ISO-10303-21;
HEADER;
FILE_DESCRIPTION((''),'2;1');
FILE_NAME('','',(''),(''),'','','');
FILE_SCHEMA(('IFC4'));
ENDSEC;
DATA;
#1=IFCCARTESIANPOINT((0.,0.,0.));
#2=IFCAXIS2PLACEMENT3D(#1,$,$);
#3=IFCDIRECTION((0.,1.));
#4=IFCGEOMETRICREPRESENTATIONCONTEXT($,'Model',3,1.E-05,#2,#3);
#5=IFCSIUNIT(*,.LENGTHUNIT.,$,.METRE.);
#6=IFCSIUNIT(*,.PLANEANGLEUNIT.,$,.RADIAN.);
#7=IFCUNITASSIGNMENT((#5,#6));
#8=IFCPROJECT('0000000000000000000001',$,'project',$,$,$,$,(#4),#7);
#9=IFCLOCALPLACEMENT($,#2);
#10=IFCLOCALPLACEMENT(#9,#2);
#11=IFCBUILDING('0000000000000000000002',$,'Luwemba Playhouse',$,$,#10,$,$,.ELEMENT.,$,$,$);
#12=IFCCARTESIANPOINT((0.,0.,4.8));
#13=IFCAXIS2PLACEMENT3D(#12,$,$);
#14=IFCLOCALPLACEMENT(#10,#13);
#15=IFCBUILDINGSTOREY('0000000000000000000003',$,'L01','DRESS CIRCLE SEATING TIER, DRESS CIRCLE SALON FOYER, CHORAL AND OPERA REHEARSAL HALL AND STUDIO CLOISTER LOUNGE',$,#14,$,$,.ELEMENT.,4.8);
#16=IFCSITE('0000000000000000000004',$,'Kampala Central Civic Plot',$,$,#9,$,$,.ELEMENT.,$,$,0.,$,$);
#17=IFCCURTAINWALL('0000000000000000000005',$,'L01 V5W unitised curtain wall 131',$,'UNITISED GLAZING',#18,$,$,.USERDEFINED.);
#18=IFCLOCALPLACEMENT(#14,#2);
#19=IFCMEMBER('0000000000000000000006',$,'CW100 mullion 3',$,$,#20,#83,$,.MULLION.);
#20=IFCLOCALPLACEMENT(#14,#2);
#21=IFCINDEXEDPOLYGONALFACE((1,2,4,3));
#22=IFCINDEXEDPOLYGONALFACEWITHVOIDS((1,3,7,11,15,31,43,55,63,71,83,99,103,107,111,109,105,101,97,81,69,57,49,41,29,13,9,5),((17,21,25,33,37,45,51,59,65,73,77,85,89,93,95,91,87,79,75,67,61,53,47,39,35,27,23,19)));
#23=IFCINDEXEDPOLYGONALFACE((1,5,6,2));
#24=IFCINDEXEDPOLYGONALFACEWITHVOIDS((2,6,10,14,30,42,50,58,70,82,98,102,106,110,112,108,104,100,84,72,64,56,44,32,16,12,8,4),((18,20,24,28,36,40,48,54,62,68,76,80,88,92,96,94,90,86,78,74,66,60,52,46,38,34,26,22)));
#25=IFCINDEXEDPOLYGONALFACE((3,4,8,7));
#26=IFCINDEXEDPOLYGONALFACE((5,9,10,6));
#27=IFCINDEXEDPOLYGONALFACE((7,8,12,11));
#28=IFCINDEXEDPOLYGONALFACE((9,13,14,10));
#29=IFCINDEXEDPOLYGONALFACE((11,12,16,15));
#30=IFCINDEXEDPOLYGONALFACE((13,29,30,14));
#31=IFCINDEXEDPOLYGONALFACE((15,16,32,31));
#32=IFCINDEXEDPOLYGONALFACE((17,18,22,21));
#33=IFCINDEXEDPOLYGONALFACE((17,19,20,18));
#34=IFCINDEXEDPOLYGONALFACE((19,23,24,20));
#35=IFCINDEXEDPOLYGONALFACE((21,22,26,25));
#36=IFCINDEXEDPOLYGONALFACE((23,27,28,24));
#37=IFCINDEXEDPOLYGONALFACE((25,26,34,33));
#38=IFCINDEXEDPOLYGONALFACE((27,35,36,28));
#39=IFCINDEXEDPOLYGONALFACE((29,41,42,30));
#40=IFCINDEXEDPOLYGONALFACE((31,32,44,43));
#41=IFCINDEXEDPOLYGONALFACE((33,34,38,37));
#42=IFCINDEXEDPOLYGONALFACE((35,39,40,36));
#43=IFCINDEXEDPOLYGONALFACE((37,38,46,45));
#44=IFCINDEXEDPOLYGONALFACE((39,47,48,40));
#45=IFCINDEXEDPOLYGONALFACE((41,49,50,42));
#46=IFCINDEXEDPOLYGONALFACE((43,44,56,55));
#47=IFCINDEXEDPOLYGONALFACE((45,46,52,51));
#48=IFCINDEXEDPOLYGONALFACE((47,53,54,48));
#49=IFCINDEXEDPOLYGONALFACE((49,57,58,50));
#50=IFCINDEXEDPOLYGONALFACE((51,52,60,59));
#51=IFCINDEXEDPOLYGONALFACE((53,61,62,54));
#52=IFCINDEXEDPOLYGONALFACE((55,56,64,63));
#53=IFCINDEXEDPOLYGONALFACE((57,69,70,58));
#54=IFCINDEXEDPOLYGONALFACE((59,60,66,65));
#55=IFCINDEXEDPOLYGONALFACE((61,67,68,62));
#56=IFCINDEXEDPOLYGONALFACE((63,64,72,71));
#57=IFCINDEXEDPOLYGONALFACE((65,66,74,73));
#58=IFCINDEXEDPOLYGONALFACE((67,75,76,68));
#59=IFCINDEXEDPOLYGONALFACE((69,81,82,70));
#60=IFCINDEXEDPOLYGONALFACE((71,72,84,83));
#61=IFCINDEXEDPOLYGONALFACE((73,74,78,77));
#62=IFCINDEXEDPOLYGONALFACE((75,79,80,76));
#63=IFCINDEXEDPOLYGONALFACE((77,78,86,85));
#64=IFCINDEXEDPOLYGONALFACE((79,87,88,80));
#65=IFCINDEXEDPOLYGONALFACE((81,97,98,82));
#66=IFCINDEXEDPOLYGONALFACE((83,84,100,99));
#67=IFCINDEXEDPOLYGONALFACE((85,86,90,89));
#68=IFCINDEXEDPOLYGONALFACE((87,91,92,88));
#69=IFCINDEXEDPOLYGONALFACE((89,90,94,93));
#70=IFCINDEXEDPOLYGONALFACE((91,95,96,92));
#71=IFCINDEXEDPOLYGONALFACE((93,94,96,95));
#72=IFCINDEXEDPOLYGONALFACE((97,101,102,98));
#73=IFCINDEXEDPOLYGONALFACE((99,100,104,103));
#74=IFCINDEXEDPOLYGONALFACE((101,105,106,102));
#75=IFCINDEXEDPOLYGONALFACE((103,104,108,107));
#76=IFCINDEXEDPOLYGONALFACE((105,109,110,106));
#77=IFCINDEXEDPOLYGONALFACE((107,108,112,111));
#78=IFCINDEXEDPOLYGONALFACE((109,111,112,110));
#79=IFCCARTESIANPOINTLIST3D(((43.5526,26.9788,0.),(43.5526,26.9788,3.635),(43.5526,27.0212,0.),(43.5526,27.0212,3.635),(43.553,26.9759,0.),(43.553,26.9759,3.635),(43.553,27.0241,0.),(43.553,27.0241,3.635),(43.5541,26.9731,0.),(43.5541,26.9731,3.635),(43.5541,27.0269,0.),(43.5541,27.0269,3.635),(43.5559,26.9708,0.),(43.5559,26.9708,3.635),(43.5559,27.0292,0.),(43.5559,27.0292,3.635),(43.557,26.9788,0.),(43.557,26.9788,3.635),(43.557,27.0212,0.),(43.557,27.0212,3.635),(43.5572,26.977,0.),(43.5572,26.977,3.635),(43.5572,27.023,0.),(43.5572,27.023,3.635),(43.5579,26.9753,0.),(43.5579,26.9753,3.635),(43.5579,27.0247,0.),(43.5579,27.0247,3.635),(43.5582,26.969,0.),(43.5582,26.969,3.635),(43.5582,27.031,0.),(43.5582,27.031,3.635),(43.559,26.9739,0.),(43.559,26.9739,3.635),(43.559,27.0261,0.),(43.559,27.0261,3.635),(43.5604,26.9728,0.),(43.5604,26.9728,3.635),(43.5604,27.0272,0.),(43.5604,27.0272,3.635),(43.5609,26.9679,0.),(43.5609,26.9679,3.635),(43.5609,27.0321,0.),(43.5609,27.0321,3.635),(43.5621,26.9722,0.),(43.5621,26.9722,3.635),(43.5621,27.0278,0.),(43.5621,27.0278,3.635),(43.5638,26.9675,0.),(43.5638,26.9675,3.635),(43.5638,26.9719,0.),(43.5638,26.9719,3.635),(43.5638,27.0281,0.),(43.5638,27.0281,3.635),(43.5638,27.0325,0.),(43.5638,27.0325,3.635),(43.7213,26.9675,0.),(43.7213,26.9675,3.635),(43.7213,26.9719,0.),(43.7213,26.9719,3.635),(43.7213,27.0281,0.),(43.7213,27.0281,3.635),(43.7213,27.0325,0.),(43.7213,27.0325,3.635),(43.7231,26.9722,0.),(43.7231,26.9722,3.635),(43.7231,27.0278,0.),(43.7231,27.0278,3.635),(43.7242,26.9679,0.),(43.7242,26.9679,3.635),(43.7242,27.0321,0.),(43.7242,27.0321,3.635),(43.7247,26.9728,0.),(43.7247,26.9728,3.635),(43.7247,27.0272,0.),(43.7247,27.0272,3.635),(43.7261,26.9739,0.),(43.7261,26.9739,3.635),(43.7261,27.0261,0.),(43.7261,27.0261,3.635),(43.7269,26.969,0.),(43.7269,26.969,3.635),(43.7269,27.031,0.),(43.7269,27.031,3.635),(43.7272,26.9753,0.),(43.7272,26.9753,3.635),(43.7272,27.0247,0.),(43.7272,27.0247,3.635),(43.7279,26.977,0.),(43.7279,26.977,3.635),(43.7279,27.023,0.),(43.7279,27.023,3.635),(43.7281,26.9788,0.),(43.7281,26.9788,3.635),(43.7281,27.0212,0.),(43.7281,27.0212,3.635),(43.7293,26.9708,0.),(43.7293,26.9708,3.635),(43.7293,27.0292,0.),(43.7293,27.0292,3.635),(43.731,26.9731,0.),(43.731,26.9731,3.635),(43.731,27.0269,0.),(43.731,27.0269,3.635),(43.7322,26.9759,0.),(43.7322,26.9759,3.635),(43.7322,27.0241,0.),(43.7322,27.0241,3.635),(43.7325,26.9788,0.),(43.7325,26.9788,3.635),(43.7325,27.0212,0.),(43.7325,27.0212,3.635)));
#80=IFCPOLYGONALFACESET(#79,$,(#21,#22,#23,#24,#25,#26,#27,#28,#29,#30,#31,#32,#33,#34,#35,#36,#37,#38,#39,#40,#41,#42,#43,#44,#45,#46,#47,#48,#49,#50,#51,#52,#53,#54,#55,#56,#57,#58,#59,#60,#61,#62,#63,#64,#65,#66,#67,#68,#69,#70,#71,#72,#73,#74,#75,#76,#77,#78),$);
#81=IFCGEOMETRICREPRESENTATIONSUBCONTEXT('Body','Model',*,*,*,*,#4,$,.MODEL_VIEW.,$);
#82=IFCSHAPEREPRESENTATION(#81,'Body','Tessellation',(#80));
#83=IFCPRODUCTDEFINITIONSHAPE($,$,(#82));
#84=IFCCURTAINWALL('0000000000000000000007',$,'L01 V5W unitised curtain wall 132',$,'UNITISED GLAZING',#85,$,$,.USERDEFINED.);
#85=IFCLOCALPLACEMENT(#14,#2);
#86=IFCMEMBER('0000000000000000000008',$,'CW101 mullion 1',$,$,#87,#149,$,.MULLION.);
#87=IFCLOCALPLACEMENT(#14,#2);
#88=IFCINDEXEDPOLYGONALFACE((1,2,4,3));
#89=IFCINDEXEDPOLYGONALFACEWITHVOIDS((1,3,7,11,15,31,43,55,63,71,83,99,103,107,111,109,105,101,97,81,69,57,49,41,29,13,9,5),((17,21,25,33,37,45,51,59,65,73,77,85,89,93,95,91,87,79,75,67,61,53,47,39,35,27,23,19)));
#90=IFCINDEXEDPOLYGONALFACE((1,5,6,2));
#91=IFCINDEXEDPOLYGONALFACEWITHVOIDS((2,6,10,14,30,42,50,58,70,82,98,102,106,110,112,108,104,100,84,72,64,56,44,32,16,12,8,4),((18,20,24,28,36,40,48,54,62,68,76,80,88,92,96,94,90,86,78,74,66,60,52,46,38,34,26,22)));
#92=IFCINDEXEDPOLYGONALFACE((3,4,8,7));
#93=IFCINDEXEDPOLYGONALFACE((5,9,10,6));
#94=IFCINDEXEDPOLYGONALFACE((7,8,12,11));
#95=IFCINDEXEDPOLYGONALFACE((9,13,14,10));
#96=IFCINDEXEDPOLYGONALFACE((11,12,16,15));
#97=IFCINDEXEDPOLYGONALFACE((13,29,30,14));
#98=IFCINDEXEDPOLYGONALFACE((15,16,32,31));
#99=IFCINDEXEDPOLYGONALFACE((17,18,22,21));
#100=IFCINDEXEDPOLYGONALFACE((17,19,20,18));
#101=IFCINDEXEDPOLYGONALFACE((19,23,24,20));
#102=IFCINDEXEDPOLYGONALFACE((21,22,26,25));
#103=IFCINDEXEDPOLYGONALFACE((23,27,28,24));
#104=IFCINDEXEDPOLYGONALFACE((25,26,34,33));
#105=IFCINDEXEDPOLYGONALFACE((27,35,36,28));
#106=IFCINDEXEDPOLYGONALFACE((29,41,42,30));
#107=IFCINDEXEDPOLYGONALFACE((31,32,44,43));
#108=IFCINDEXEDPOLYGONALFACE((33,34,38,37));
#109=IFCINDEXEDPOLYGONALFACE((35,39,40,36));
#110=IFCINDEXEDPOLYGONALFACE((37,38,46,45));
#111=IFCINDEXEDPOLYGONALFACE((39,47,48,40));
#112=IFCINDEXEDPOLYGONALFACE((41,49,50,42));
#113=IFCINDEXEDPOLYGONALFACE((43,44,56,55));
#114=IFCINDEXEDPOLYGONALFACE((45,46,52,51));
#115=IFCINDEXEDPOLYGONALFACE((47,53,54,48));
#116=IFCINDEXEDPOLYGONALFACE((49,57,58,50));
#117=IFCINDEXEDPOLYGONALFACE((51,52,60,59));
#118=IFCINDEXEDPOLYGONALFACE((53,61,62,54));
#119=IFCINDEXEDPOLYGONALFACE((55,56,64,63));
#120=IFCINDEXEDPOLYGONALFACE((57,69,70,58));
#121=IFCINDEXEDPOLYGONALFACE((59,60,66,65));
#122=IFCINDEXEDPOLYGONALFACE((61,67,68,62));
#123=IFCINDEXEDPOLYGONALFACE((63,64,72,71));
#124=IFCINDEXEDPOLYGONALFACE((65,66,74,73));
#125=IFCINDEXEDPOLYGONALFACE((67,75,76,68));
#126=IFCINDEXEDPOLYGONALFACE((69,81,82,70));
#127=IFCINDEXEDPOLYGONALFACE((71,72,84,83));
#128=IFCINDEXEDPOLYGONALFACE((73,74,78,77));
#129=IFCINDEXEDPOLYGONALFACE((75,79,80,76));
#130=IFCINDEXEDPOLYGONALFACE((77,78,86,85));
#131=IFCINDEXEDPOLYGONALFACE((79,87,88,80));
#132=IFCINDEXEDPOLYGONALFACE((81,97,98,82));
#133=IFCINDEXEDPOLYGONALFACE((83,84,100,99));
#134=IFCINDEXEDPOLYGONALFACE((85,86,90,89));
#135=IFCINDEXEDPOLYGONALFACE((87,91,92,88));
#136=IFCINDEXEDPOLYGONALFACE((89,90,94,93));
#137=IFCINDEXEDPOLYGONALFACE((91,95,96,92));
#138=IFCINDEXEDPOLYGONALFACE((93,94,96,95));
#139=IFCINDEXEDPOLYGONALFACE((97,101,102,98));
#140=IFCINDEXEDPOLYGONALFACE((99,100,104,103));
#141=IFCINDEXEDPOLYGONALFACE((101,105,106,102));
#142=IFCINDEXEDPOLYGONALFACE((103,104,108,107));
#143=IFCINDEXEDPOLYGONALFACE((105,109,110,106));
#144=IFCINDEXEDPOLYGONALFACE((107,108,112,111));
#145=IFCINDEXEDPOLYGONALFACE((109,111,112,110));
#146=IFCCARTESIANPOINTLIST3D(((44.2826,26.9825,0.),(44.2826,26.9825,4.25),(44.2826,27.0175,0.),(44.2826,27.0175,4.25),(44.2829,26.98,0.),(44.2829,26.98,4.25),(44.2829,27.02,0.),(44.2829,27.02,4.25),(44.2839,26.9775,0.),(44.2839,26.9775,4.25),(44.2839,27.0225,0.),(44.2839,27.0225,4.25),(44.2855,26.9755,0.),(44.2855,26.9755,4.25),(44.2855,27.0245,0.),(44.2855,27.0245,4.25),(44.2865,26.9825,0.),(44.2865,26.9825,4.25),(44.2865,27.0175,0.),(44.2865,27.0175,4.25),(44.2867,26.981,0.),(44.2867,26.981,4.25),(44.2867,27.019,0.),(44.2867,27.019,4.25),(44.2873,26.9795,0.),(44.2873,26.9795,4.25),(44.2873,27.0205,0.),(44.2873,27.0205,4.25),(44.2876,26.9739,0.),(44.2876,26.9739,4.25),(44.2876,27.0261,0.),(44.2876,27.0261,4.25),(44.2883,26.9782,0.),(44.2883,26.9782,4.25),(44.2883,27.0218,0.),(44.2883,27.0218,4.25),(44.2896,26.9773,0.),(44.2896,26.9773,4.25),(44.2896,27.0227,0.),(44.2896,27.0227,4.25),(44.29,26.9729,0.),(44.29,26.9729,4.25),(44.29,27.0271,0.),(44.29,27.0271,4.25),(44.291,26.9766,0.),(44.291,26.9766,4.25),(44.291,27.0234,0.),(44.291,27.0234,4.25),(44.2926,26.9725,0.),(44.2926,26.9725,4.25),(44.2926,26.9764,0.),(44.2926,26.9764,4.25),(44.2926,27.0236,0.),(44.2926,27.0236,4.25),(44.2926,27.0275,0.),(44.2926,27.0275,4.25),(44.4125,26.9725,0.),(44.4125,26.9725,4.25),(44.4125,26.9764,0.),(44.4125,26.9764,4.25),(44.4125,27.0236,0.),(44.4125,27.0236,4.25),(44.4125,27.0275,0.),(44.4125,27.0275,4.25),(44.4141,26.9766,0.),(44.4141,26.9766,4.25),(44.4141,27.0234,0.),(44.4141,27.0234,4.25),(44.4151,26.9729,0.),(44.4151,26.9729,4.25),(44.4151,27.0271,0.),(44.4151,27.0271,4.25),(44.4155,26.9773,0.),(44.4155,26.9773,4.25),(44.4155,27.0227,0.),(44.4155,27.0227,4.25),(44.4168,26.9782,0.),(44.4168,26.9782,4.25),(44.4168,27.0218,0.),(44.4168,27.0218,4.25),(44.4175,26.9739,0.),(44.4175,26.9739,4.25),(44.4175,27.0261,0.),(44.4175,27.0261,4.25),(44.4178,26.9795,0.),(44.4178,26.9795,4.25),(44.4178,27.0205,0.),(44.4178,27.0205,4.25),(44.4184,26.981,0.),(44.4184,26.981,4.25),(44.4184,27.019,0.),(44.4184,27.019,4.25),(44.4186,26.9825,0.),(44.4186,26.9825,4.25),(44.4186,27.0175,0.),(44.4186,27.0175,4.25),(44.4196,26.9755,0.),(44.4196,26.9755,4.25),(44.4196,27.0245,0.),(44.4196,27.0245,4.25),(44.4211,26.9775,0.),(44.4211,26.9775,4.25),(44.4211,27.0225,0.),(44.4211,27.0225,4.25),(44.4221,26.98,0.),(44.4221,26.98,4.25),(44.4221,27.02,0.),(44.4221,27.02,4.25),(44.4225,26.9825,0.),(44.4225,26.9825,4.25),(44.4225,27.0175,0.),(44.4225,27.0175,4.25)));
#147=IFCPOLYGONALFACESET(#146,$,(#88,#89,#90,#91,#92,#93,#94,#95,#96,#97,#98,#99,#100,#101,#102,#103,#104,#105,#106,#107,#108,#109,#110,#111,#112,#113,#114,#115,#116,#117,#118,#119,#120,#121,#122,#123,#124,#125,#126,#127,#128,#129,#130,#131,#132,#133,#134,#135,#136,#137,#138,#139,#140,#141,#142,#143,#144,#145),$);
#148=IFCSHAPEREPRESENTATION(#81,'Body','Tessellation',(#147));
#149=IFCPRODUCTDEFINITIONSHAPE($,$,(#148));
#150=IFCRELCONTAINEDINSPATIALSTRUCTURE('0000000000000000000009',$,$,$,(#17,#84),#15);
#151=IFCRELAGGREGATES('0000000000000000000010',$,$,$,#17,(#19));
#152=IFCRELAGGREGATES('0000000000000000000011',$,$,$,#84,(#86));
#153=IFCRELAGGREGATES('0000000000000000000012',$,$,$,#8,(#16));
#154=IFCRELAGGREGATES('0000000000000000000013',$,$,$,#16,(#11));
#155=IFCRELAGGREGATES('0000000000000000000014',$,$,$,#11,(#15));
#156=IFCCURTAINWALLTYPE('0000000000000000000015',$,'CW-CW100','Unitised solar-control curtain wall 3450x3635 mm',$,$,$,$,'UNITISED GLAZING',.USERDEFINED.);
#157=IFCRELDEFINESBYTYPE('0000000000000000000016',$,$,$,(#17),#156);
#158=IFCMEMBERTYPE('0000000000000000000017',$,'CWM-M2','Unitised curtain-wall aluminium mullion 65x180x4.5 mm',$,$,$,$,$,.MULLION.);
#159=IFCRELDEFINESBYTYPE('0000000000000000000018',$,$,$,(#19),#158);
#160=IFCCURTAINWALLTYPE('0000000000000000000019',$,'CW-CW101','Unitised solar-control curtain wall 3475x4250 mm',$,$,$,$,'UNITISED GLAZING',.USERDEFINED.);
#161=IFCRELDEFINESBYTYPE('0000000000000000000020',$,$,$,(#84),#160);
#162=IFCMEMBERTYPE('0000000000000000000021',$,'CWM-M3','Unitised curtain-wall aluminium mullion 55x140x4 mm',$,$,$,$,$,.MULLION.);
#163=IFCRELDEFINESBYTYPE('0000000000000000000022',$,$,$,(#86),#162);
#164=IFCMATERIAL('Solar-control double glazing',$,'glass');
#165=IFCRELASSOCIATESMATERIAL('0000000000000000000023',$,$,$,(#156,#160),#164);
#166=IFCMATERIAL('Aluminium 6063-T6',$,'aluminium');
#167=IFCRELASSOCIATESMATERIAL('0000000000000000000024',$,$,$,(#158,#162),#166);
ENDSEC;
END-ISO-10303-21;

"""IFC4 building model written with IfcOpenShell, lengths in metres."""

from ifc_helpers import new_model, si_unit, direction, frame, origin, origin_2d, place, context, subcontext, project, spatial, hollow_rectangle, extrude, material, material_profile, profile_set, type_object, element, aggregate, save


model = new_model("IFC4")

# Units and contexts
model_context = context("Model", 3, precision=1e-05, world=origin(), true_north=direction((0.0, 1.0)))
body_context = subcontext(model_context, "Body", "Model", "MODEL_VIEW")
ifc_project = project(units=[si_unit("LENGTHUNIT", "METRE"), si_unit("PLANEANGLEUNIT", "RADIAN")], contexts=[model_context])

# Site, building, storey
site_placement = place(None, origin())
site = spatial("IfcSite", under=ifc_project, at=site_placement, Name="Kampala Central Civic Plot", CompositionType="ELEMENT", RefElevation=0.0)
building_placement = place(site_placement, origin())
building = spatial("IfcBuilding", under=site, at=building_placement, Name="Luwemba Playhouse", CompositionType="ELEMENT")
storey_placement = place(building_placement, frame((0.0, 0.0, 4.8)))
storey = spatial("IfcBuildingStorey", under=building, at=storey_placement, Name="L01", Description="DRESS CIRCLE SEATING TIER, DRESS CIRCLE SALON FOYER, CHORAL AND OPERA REHEARSAL HALL AND STUDIO CLOISTER LOUNGE", CompositionType="ELEMENT", Elevation=4.8)

# Curtain wall, member
ifc_material_1 = material(Name="Solar-control double glazing", Category="glass")
curtain_wall_type_1 = type_object("IfcCurtainWallType", Name="CW-CW100", Description="Unitised solar-control curtain wall 3450x3635 mm", ElementType="UNITISED GLAZING", PredefinedType="USERDEFINED", material=ifc_material_1)
curtain_wall_1_placement = place(storey_placement, origin())
curtain_wall_1 = element("IfcCurtainWall", 1, at=curtain_wall_1_placement, inside=storey, type_object=curtain_wall_type_1, Name="L01 V5W unitised curtain wall 131", ObjectType="UNITISED GLAZING", PredefinedType="USERDEFINED")
ifc_material_2 = material(Name="Aluminium 6063-T6", Category="aluminium")
ifc_material_profile_1 = material_profile(ifc_material_2, hollow_rectangle(XDim=0.0649, YDim=0.1799, WallThickness=0.0044, InnerFilletRadius=0.0068, OuterFilletRadius=0.0112, at=origin_2d()))
ifc_profile_set_1 = profile_set([ifc_material_profile_1], Name="Aluminium 6063-T6")
member_type_1 = type_object("IfcMemberType", Name="CWM-M2", Description="Unitised curtain-wall aluminium mullion 65x180x4.5 mm", PredefinedType="MULLION", material=ifc_profile_set_1)
member_1_placement = place(storey_placement, frame((43.6426, 27.0, 0.0), z_axis=(0.0, 0.0, 1.0), x_axis=(0.0, 1.0, 0.0)))
member_1 = element("IfcMember", 2, at=member_1_placement, type_object=member_type_1, Name="CW100 mullion 3", PredefinedType="MULLION", context=body_context, shape_type="SweptSolid", body=[
    extrude(hollow_rectangle(XDim=0.0649, YDim=0.1799, WallThickness=0.0044, InnerFilletRadius=0.0068, OuterFilletRadius=0.0112, at=origin_2d()), origin(), (0.0, 0.0, 1.0), 3.635),
])

# Curtain wall, member
curtain_wall_type_2 = type_object("IfcCurtainWallType", Name="CW-CW101", Description="Unitised solar-control curtain wall 3475x4250 mm", ElementType="UNITISED GLAZING", PredefinedType="USERDEFINED", material=ifc_material_1)
curtain_wall_2_placement = place(storey_placement, origin())
curtain_wall_2 = element("IfcCurtainWall", 3, at=curtain_wall_2_placement, inside=storey, type_object=curtain_wall_type_2, Name="L01 V5W unitised curtain wall 132", ObjectType="UNITISED GLAZING", PredefinedType="USERDEFINED")
ifc_material_profile_2 = material_profile(ifc_material_2, hollow_rectangle(XDim=0.0549, YDim=0.1399, WallThickness=0.0039, InnerFilletRadius=0.0061, OuterFilletRadius=0.01, at=origin_2d()))
ifc_profile_set_2 = profile_set([ifc_material_profile_2], Name="Aluminium 6063-T6")
member_type_2 = type_object("IfcMemberType", Name="CWM-M3", Description="Unitised curtain-wall aluminium mullion 55x140x4 mm", PredefinedType="MULLION", material=ifc_profile_set_2)
member_2_placement = place(storey_placement, frame((44.3525, 27.0, 0.0), z_axis=(0.0, 0.0, 1.0), x_axis=(0.0, 1.0, 0.0)))
member_2 = element("IfcMember", 4, at=member_2_placement, type_object=member_type_2, Name="CW101 mullion 1", PredefinedType="MULLION", context=body_context, shape_type="SweptSolid", body=[
    extrude(hollow_rectangle(XDim=0.0549, YDim=0.1399, WallThickness=0.0039, InnerFilletRadius=0.0061, OuterFilletRadius=0.01, at=origin_2d()), origin(), (0.0, 0.0, 1.0), 4.25),
])

aggregate(curtain_wall_1, [member_1])
aggregate(curtain_wall_2, [member_2])

save(model, "model.ifc")
